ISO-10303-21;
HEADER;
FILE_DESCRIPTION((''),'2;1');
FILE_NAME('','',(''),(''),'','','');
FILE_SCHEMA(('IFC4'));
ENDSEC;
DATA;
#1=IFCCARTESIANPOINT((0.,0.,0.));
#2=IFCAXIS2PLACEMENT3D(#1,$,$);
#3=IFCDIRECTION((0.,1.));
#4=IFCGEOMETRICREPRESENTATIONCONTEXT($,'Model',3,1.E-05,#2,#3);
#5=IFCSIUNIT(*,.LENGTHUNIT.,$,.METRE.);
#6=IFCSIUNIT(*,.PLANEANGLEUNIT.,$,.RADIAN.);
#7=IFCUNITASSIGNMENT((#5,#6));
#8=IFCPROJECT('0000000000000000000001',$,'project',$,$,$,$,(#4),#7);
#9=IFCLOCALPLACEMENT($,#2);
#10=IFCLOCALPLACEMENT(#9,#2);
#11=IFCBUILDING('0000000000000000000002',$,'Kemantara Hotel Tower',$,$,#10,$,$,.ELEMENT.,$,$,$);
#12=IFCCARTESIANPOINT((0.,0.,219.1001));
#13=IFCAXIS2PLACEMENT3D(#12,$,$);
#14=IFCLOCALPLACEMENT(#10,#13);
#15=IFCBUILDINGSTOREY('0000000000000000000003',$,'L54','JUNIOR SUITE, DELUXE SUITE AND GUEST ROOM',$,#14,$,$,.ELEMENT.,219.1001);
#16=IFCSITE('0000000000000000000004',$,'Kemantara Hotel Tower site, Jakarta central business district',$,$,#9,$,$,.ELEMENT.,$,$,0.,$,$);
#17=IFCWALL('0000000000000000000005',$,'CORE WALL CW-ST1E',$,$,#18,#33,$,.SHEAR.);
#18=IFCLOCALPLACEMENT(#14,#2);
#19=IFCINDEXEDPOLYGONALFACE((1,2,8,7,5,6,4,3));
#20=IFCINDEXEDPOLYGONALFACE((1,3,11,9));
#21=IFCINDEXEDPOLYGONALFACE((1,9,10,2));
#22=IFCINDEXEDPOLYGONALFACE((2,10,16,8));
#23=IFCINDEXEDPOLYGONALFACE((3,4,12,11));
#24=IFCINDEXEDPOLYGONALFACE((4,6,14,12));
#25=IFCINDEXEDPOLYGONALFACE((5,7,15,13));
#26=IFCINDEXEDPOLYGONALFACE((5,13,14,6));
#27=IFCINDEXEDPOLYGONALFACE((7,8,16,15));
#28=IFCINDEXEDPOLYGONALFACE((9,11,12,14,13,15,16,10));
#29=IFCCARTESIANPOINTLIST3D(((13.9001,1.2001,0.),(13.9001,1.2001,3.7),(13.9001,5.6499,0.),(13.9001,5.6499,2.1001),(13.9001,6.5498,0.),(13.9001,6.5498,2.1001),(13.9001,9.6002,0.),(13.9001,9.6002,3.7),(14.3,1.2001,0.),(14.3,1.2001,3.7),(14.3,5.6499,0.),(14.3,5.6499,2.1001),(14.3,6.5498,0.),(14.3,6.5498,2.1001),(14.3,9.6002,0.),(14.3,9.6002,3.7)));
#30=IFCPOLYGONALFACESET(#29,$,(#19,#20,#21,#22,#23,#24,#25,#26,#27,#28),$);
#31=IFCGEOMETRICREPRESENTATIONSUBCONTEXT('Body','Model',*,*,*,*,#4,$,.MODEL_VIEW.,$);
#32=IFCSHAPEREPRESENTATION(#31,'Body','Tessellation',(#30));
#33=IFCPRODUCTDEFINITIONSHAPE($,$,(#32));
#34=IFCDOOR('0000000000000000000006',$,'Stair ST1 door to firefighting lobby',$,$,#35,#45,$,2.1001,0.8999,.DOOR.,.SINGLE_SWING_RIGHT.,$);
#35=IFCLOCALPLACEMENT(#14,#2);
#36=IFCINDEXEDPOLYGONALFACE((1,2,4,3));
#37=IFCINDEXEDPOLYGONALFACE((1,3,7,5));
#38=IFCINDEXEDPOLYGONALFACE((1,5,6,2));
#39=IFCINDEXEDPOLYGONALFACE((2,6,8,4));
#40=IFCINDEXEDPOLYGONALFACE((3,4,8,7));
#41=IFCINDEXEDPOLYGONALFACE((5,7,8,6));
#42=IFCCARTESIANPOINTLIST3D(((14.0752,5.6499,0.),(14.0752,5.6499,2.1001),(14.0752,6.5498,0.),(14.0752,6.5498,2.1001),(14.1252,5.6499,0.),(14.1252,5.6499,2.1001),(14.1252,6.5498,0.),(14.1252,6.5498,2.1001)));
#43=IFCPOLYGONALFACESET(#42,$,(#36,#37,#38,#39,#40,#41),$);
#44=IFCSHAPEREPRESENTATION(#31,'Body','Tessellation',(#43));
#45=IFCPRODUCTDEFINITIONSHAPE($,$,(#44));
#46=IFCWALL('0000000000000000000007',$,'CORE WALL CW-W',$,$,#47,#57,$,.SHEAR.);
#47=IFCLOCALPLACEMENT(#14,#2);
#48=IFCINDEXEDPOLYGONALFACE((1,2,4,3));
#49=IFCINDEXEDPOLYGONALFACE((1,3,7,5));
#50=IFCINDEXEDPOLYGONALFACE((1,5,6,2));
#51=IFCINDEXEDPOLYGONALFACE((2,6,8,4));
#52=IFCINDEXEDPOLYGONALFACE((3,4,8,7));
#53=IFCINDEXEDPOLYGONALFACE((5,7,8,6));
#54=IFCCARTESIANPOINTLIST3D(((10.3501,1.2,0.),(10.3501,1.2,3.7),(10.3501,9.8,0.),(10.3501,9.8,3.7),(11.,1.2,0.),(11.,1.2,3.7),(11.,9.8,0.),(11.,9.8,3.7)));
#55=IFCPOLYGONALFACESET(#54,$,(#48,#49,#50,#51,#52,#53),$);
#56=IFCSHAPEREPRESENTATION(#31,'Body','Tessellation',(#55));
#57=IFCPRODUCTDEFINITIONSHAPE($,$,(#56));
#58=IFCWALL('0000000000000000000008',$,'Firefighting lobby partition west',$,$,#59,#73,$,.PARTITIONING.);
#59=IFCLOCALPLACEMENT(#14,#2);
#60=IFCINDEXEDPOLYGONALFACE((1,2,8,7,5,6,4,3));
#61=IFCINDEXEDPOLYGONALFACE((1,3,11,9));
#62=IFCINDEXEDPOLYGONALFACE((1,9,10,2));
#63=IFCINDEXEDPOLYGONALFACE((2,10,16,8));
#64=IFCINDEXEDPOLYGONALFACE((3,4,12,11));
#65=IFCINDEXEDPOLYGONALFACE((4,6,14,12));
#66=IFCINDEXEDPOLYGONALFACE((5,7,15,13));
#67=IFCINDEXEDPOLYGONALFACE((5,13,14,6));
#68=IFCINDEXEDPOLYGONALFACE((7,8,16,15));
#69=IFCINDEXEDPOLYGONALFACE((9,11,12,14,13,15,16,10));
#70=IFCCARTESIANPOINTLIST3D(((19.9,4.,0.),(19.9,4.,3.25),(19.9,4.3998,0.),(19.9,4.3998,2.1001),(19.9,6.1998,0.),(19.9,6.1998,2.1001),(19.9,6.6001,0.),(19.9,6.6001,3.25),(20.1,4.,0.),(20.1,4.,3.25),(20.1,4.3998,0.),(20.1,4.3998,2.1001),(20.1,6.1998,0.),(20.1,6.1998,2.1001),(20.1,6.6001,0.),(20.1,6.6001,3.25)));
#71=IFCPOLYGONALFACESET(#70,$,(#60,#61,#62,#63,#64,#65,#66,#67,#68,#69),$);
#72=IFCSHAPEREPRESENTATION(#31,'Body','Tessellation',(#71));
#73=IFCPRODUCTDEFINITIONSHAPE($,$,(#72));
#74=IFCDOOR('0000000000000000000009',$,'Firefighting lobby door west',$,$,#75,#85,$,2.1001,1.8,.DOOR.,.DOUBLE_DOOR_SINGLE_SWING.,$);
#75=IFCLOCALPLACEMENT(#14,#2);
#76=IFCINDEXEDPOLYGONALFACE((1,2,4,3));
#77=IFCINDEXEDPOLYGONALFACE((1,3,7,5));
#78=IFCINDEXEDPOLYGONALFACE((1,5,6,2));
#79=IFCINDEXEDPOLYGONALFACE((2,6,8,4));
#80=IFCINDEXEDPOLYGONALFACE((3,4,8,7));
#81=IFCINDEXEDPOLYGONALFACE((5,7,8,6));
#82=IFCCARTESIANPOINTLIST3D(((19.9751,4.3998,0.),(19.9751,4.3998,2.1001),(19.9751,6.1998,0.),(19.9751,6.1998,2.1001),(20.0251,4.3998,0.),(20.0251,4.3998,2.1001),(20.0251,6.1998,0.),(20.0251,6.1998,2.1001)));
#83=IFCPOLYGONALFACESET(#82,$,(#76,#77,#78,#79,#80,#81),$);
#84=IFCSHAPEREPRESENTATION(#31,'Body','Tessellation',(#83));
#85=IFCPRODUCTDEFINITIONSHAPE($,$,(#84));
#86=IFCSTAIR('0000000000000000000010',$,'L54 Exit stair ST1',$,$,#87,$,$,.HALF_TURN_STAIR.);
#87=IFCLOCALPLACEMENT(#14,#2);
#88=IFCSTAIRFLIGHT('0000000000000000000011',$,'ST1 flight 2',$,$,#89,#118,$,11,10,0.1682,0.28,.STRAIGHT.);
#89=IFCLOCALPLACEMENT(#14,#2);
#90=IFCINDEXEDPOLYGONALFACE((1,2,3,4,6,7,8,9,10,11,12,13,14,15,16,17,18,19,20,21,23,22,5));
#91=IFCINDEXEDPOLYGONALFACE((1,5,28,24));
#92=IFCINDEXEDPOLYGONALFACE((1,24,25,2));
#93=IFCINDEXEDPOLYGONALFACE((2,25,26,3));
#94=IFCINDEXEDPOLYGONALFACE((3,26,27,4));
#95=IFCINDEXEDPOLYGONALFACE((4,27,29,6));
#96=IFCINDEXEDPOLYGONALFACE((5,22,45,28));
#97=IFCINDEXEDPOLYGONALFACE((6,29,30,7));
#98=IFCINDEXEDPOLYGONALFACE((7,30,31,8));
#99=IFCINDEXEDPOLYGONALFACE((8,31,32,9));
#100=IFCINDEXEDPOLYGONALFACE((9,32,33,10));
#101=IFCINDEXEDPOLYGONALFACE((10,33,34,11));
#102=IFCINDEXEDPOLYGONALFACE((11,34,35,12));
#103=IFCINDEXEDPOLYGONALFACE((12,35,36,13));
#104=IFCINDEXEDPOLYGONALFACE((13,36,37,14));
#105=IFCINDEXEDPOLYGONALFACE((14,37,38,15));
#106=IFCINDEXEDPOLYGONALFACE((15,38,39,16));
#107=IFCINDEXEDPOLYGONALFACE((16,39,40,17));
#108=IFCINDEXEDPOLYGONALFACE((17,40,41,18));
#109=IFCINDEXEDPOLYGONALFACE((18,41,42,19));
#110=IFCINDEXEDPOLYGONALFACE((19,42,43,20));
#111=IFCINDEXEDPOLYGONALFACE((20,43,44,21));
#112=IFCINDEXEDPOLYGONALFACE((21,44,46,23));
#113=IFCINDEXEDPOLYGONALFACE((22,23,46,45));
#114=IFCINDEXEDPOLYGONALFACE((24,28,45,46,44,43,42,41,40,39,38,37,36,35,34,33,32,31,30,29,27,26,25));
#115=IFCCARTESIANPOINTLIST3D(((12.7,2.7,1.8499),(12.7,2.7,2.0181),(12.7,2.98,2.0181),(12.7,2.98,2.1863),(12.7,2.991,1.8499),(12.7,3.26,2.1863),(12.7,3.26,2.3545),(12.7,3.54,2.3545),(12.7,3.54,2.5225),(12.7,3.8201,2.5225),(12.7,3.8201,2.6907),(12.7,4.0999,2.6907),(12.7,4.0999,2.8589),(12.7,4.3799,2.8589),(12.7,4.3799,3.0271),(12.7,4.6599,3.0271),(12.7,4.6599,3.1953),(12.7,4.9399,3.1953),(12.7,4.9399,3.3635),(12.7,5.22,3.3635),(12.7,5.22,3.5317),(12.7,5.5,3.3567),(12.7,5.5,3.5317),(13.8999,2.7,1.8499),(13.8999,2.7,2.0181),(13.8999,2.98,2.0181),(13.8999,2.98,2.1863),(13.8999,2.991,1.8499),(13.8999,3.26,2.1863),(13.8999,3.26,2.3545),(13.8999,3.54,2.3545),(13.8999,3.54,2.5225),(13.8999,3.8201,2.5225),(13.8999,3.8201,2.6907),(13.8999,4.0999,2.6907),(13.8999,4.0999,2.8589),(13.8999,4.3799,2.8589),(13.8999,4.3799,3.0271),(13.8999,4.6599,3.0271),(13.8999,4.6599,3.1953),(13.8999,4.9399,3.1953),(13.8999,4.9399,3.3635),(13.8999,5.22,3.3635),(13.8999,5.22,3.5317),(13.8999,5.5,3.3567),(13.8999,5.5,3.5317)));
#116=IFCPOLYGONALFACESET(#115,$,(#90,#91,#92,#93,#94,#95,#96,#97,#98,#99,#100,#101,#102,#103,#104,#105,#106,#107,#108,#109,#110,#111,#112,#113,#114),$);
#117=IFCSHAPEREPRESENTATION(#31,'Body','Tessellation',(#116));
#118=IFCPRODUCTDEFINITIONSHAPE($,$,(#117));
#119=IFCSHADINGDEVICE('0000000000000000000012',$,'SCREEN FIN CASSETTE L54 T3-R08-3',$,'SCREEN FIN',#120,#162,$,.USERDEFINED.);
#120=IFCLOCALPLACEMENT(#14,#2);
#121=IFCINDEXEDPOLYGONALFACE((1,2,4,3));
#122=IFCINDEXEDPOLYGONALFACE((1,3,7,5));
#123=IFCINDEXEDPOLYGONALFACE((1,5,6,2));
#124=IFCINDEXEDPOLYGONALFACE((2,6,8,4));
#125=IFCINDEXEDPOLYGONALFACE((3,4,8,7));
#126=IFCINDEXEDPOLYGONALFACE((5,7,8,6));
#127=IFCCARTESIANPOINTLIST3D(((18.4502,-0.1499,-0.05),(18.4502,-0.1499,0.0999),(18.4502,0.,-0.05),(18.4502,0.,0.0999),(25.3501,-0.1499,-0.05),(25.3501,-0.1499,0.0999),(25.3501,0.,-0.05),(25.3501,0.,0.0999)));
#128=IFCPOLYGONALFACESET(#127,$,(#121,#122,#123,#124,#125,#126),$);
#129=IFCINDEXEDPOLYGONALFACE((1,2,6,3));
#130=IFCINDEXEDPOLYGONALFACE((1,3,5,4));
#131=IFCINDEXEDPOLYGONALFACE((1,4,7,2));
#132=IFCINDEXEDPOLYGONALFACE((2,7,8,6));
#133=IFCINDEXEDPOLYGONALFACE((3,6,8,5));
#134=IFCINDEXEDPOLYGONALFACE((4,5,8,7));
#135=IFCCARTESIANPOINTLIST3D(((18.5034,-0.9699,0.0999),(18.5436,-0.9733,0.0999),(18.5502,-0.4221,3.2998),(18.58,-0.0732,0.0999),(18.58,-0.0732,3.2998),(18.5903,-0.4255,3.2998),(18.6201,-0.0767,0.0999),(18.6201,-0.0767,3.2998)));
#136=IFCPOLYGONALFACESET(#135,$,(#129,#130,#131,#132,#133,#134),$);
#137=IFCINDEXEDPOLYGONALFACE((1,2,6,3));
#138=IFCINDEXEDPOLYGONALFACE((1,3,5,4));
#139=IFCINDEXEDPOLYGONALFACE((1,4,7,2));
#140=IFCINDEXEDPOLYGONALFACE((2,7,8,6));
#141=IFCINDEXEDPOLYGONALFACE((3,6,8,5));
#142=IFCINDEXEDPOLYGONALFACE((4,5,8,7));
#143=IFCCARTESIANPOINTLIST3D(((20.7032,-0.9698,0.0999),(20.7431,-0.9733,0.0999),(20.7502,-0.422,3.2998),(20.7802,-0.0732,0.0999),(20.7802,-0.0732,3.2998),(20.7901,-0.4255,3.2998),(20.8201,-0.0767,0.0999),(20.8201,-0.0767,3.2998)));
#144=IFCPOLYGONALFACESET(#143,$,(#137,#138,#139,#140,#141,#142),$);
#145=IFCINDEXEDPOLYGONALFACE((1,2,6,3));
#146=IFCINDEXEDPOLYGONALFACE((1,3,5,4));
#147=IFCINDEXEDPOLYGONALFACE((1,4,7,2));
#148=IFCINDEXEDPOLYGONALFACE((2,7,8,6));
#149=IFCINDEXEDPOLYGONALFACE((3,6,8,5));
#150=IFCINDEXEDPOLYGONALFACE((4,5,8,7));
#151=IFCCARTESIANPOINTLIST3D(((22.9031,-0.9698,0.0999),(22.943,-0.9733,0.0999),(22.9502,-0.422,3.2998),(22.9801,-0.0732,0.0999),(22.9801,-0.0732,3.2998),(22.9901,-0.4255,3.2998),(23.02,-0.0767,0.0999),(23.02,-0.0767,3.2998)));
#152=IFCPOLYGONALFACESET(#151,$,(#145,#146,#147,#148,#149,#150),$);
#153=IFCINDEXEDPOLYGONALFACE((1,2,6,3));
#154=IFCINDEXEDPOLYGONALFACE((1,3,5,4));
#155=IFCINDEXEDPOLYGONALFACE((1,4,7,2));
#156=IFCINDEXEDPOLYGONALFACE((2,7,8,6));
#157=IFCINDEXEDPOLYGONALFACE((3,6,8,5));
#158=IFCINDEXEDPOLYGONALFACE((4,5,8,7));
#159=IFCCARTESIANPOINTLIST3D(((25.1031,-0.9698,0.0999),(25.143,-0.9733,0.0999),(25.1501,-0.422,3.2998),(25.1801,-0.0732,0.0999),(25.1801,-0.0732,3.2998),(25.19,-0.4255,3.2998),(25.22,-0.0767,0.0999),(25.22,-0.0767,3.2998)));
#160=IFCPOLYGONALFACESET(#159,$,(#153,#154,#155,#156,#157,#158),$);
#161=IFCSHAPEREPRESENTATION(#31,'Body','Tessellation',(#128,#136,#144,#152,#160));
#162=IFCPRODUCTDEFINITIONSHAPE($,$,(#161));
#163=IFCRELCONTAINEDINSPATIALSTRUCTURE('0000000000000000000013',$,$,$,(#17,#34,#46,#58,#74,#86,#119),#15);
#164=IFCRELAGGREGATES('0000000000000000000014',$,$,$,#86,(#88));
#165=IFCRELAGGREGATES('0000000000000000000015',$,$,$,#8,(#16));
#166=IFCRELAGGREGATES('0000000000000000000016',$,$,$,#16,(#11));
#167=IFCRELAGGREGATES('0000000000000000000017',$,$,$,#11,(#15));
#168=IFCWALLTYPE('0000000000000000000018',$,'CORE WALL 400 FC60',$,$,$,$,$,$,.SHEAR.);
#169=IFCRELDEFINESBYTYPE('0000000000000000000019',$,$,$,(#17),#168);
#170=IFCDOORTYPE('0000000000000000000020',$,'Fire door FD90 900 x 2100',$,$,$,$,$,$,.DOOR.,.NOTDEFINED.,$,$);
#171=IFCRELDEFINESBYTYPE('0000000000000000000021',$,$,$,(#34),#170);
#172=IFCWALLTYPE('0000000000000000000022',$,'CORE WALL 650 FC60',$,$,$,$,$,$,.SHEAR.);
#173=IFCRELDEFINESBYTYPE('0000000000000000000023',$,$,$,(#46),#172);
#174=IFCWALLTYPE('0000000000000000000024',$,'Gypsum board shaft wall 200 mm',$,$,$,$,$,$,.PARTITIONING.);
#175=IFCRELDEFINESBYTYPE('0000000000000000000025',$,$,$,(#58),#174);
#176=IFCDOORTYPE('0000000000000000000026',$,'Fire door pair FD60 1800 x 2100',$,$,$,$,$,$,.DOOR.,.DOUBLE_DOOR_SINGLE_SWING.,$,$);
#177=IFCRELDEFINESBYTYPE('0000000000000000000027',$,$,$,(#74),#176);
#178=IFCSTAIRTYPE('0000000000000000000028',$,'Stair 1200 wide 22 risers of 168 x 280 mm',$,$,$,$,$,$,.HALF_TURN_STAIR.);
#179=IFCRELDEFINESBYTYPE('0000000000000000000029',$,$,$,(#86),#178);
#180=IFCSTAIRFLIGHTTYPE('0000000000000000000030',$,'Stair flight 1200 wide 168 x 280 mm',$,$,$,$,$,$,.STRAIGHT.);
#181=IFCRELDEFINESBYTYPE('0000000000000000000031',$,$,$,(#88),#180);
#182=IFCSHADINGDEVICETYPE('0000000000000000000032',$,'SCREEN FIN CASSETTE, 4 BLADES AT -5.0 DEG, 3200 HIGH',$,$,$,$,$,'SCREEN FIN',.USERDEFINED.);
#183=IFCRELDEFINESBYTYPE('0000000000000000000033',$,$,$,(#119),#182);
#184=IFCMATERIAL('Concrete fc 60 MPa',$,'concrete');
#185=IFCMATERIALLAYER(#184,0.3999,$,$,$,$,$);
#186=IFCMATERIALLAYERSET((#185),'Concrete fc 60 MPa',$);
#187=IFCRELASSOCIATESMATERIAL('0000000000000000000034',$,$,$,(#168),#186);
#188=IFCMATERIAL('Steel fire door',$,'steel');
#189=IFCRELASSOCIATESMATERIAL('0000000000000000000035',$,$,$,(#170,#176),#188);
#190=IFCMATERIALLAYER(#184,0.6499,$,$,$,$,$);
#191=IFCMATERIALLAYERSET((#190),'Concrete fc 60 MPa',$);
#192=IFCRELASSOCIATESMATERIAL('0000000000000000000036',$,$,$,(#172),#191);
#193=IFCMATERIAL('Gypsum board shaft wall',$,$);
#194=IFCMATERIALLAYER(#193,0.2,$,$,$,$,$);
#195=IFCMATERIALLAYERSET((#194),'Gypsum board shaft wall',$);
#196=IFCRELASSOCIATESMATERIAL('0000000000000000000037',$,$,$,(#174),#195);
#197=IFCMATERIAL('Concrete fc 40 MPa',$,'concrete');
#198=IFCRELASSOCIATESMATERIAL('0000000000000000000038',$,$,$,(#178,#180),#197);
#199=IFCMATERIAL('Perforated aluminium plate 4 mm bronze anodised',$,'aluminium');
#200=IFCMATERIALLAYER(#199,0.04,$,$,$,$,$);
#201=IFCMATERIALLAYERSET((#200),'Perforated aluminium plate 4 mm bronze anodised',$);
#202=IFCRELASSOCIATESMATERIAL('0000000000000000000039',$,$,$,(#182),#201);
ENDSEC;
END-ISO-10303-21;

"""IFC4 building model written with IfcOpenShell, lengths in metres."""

from ifc_helpers import new_model, si_unit, direction, frame, frame_2d, origin, origin_2d, place, context, subcontext, project, spatial, polyline, rectangle, outline, extrude, source, transform, mapped, material, layer, layer_set, type_object, element, fill, aggregate, save


model = new_model("IFC4")

# Units and contexts
model_context = context("Model", 3, precision=1e-05, world=origin(), true_north=direction((0.0, 1.0)))
body_context = subcontext(model_context, "Body", "Model", "MODEL_VIEW")
ifc_project = project(units=[si_unit("LENGTHUNIT", "METRE"), si_unit("PLANEANGLEUNIT", "RADIAN")], contexts=[model_context])

# Site, building, storey
site_placement = place(None, origin())
site = spatial("IfcSite", under=ifc_project, at=site_placement, Name="Kemantara Hotel Tower site, Jakarta central business district", CompositionType="ELEMENT", RefElevation=0.0)
building_placement = place(site_placement, origin())
building = spatial("IfcBuilding", under=site, at=building_placement, Name="Kemantara Hotel Tower", CompositionType="ELEMENT")
storey_placement = place(building_placement, frame((0.0, 0.0, 219.1001)))
storey = spatial("IfcBuildingStorey", under=building, at=storey_placement, Name="L54", Description="JUNIOR SUITE, DELUXE SUITE AND GUEST ROOM", CompositionType="ELEMENT", Elevation=219.1001)

# Shared definitions
ifc_material_1 = material(Name="Concrete fc 60 MPa", Category="concrete")

# Shared definitions
ifc_layer_1 = layer(ifc_material_1, 0.3999)
ifc_layer_set_1 = layer_set([ifc_layer_1], Name="Concrete fc 60 MPa")
wall_type_1 = type_object("IfcWallType", Name="CORE WALL 400 FC60", PredefinedType="SHEAR", material=ifc_layer_set_1)
ifc_material_2 = material(Name="Steel fire door", Category="steel")

# Wall, opening, door
wall_1_placement = place(storey_placement, frame((14.1001, 1.2, 0.0), z_axis=(0.0, 0.0, 1.0), x_axis=(0.0, 1.0, 0.0)))
wall_1 = element("IfcWall", 1, at=wall_1_placement, inside=storey, type_object=wall_type_1, Name="CORE WALL CW-ST1E", PredefinedType="SHEAR", context=body_context, shape_type="SweptSolid", body=[
    extrude(rectangle(XDim=8.4001, YDim=0.3999, at=frame_2d((4.2002, 0.0))), origin(), (0.0, 0.0, 1.0), 3.7),
])
opening_1_placement = place(wall_1_placement, frame((4.45, 0.0, 0.0)))
opening_1 = element("IfcOpeningElement", 2, at=opening_1_placement, cuts=wall_1, PredefinedType="OPENING", context=body_context, shape_type="SweptSolid", body=[
    extrude(rectangle(XDim=0.8999, YDim=2.1001, at=frame_2d((0.45, 1.05))), frame((0.0, 0.21, 0.0), z_axis=(0.0, -1.0, 0.0), x_axis=(1.0, 0.0, 0.0)), (0.0, 0.0, 1.0), 0.4199),
])
door_type_1 = type_object("IfcDoorType", Name="Fire door FD90 900 x 2100", OperationType="NOTDEFINED", PredefinedType="DOOR", material=ifc_material_2)
door_1_placement = place(opening_1_placement, origin())
door_1 = element("IfcDoor", 3, at=door_1_placement, inside=storey, type_object=door_type_1, Name="Stair ST1 door to firefighting lobby", OperationType="SINGLE_SWING_RIGHT", OverallHeight=2.1001, OverallWidth=0.8999, PredefinedType="DOOR", context=body_context, shape_type="SweptSolid", body=[
    extrude(rectangle(XDim=0.8999, YDim=2.1001, at=frame_2d((0.45, 1.05))), frame((0.0, 0.0249, 0.0), z_axis=(0.0, -1.0, 0.0), x_axis=(1.0, 0.0, 0.0)), (0.0, 0.0, 1.0), 0.05),
])
fill(opening_1, door_1)

# Wall
ifc_layer_2 = layer(ifc_material_1, 0.6499)
ifc_layer_set_2 = layer_set([ifc_layer_2], Name="Concrete fc 60 MPa")
wall_type_2 = type_object("IfcWallType", Name="CORE WALL 650 FC60", PredefinedType="SHEAR", material=ifc_layer_set_2)
wall_2_placement = place(storey_placement, frame((10.675, 1.2, 0.0), z_axis=(0.0, 0.0, 1.0), x_axis=(0.0, 1.0, 0.0)))
element("IfcWall", 4, at=wall_2_placement, inside=storey, type_object=wall_type_2, Name="CORE WALL CW-W", PredefinedType="SHEAR", context=body_context, shape_type="SweptSolid", body=[
    extrude(rectangle(XDim=8.6001, YDim=0.6499, at=frame_2d((4.3, 0.0))), origin(), (0.0, 0.0, 1.0), 3.7),
])

# Wall, opening, door
ifc_material_3 = material(Name="Gypsum board shaft wall")
ifc_layer_3 = layer(ifc_material_3, 0.2)
ifc_layer_set_3 = layer_set([ifc_layer_3], Name="Gypsum board shaft wall")
wall_type_3 = type_object("IfcWallType", Name="Gypsum board shaft wall 200 mm", PredefinedType="PARTITIONING", material=ifc_layer_set_3)
wall_3_placement = place(storey_placement, frame((20.0, 4.0, 0.0), z_axis=(0.0, 0.0, 1.0), x_axis=(0.0, 1.0, 0.0)))
wall_3 = element("IfcWall", 5, at=wall_3_placement, inside=storey, type_object=wall_type_3, Name="Firefighting lobby partition west", PredefinedType="PARTITIONING", context=body_context, shape_type="SweptSolid", body=[
    extrude(rectangle(XDim=2.6001, YDim=0.2, at=frame_2d((1.3, 0.0))), origin(), (0.0, 0.0, 1.0), 3.25),
])
opening_2_placement = place(wall_3_placement, frame((0.3999, 0.0, 0.0)))
opening_2 = element("IfcOpeningElement", 6, at=opening_2_placement, cuts=wall_3, PredefinedType="OPENING", context=body_context, shape_type="SweptSolid", body=[
    extrude(rectangle(XDim=1.8, YDim=2.1001, at=frame_2d((0.8999, 1.05))), frame((0.0, 0.1099, 0.0), z_axis=(0.0, -1.0, 0.0), x_axis=(1.0, 0.0, 0.0)), (0.0, 0.0, 1.0), 0.22),
])
door_type_2 = type_object("IfcDoorType", Name="Fire door pair FD60 1800 x 2100", OperationType="DOUBLE_DOOR_SINGLE_SWING", PredefinedType="DOOR", material=ifc_material_2)
door_2_placement = place(opening_2_placement, origin())
door_2 = element("IfcDoor", 7, at=door_2_placement, inside=storey, type_object=door_type_2, Name="Firefighting lobby door west", OperationType="DOUBLE_DOOR_SINGLE_SWING", OverallHeight=2.1001, OverallWidth=1.8, PredefinedType="DOOR", context=body_context, shape_type="SweptSolid", body=[
    extrude(rectangle(XDim=1.8, YDim=2.1001, at=frame_2d((0.8999, 1.05))), frame((0.0, 0.0249, 0.0), z_axis=(0.0, -1.0, 0.0), x_axis=(1.0, 0.0, 0.0)), (0.0, 0.0, 1.0), 0.05),
])
fill(opening_2, door_2)

# Stair, stair flight
ifc_material_4 = material(Name="Concrete fc 40 MPa", Category="concrete")
stair_type = type_object("IfcStairType", Name="Stair 1200 wide 22 risers of 168 x 280 mm", PredefinedType="HALF_TURN_STAIR", material=ifc_material_4)
stair_placement = place(storey_placement, origin())
stair = element("IfcStair", 8, at=stair_placement, inside=storey, type_object=stair_type, Name="L54 Exit stair ST1", PredefinedType="HALF_TURN_STAIR")
stair_flight_type = type_object("IfcStairFlightType", Name="Stair flight 1200 wide 168 x 280 mm", PredefinedType="STRAIGHT", material=ifc_material_4)
stair_flight_placement = place(storey_placement, frame((13.3, 2.7, 1.8499), z_axis=(0.0, 0.0, 1.0), x_axis=(0.0, 1.0, 0.0)))
stair_flight = element("IfcStairFlight", 9, at=stair_flight_placement, type_object=stair_flight_type, Name="ST1 flight 2", NumberOfRisers=11, NumberOfTreads=10, PredefinedType="STRAIGHT", RiserHeight=0.1682, TreadLength=0.28, context=body_context, shape_type="SweptSolid", body=[
    extrude(outline(polyline([(0.0, 0.0), (0.0, 0.1682), (0.28, 0.1682), (0.28, 0.3364), (0.5601, 0.3364), (0.5601, 0.5046), (0.8401, 0.5046), (0.8401, 0.6726), (1.1201, 0.6726), (1.1201, 0.8408), (1.3999, 0.8408), (1.3999, 1.009), (1.6799, 1.009), (1.6799, 1.1772), (1.96, 1.1772), (1.96, 1.3455), (2.24, 1.3455), (2.24, 1.5137), (2.52, 1.5137), (2.52, 1.6819), (2.8, 1.6819), (2.8, 1.8501), (2.8, 1.5068), (0.291, 0.0), (0.0, 0.0)])), frame((0.0, 0.6001, 0.0), z_axis=(0.0, -1.0, 0.0), x_axis=(1.0, 0.0, 0.0)), (0.0, 0.0, 1.0), 1.2),
])
aggregate(stair, [stair_flight])

# Shading device
ifc_material_5 = material(Name="Perforated aluminium plate 4 mm bronze anodised", Category="aluminium")
ifc_layer_4 = layer(ifc_material_5, 0.04)
ifc_layer_set_4 = layer_set([ifc_layer_4], Name="Perforated aluminium plate 4 mm bronze anodised")
shading_device_type = type_object("IfcShadingDeviceType", Name="SCREEN FIN CASSETTE, 4 BLADES AT -5.0 DEG, 3200 HIGH", ElementType="SCREEN FIN", PredefinedType="USERDEFINED", material=ifc_layer_set_4)
shared_shape = source(origin(), body_context, "Body", "SweptSolid", [
    extrude(rectangle(XDim=6.8999, YDim=0.1499, at=origin_2d()), frame((3.3, -0.075, -0.1499), z_axis=(0.0, 0.0, 1.0), x_axis=(1.0, 0.0, 0.0)), (0.0, 0.0, 1.0), 0.1499),
    extrude(outline(polyline([(0.0, 0.0), (0.8999, 0.0), (0.3501, 3.2), (0.0, 3.2), (0.0, 0.0)])), frame((0.02, -0.0767, 0.0), z_axis=(-0.996376, 0.085056, 0.0), x_axis=(-0.085056, -0.996376, 0.0)), (0.0, 0.0, 1.0), 0.0403),
    extrude(outline(polyline([(0.0, 0.0), (0.8999, 0.0), (0.3501, 3.2), (0.0, 3.2), (0.0, 0.0)])), frame((2.22, -0.0767, 0.0), z_axis=(-0.996332, 0.085575, 0.0), x_axis=(-0.085575, -0.996332, 0.0)), (0.0, 0.0, 1.0), 0.04),
    extrude(outline(polyline([(0.0, 0.0), (0.8999, 0.0), (0.3501, 3.2), (0.0, 3.2), (0.0, 0.0)])), frame((4.4199, -0.0767, 0.0), z_axis=(-0.996332, 0.085575, 0.0), x_axis=(-0.085575, -0.996332, 0.0)), (0.0, 0.0, 1.0), 0.04),
    extrude(outline(polyline([(0.0, 0.0), (0.8999, 0.0), (0.3501, 3.2), (0.0, 3.2), (0.0, 0.0)])), frame((6.6199, -0.0767, 0.0), z_axis=(-0.996332, 0.085575, 0.0), x_axis=(-0.085575, -0.996332, 0.0)), (0.0, 0.0, 1.0), 0.04),
])
shading_device_placement = place(storey_placement, frame((18.6001, 0.0, 0.0999), z_axis=(0.0, 0.0, 1.0), x_axis=(1.0, 0.0, 0.0)))
element("IfcShadingDevice", 10, at=shading_device_placement, inside=storey, type_object=shading_device_type, Name="SCREEN FIN CASSETTE L54 T3-R08-3", ObjectType="SCREEN FIN", PredefinedType="USERDEFINED", context=body_context, shape_type="MappedRepresentation", body=[
    mapped(shared_shape, transform((0.0, 0.0, 0.0))),
])

save(model, "model.ifc")
